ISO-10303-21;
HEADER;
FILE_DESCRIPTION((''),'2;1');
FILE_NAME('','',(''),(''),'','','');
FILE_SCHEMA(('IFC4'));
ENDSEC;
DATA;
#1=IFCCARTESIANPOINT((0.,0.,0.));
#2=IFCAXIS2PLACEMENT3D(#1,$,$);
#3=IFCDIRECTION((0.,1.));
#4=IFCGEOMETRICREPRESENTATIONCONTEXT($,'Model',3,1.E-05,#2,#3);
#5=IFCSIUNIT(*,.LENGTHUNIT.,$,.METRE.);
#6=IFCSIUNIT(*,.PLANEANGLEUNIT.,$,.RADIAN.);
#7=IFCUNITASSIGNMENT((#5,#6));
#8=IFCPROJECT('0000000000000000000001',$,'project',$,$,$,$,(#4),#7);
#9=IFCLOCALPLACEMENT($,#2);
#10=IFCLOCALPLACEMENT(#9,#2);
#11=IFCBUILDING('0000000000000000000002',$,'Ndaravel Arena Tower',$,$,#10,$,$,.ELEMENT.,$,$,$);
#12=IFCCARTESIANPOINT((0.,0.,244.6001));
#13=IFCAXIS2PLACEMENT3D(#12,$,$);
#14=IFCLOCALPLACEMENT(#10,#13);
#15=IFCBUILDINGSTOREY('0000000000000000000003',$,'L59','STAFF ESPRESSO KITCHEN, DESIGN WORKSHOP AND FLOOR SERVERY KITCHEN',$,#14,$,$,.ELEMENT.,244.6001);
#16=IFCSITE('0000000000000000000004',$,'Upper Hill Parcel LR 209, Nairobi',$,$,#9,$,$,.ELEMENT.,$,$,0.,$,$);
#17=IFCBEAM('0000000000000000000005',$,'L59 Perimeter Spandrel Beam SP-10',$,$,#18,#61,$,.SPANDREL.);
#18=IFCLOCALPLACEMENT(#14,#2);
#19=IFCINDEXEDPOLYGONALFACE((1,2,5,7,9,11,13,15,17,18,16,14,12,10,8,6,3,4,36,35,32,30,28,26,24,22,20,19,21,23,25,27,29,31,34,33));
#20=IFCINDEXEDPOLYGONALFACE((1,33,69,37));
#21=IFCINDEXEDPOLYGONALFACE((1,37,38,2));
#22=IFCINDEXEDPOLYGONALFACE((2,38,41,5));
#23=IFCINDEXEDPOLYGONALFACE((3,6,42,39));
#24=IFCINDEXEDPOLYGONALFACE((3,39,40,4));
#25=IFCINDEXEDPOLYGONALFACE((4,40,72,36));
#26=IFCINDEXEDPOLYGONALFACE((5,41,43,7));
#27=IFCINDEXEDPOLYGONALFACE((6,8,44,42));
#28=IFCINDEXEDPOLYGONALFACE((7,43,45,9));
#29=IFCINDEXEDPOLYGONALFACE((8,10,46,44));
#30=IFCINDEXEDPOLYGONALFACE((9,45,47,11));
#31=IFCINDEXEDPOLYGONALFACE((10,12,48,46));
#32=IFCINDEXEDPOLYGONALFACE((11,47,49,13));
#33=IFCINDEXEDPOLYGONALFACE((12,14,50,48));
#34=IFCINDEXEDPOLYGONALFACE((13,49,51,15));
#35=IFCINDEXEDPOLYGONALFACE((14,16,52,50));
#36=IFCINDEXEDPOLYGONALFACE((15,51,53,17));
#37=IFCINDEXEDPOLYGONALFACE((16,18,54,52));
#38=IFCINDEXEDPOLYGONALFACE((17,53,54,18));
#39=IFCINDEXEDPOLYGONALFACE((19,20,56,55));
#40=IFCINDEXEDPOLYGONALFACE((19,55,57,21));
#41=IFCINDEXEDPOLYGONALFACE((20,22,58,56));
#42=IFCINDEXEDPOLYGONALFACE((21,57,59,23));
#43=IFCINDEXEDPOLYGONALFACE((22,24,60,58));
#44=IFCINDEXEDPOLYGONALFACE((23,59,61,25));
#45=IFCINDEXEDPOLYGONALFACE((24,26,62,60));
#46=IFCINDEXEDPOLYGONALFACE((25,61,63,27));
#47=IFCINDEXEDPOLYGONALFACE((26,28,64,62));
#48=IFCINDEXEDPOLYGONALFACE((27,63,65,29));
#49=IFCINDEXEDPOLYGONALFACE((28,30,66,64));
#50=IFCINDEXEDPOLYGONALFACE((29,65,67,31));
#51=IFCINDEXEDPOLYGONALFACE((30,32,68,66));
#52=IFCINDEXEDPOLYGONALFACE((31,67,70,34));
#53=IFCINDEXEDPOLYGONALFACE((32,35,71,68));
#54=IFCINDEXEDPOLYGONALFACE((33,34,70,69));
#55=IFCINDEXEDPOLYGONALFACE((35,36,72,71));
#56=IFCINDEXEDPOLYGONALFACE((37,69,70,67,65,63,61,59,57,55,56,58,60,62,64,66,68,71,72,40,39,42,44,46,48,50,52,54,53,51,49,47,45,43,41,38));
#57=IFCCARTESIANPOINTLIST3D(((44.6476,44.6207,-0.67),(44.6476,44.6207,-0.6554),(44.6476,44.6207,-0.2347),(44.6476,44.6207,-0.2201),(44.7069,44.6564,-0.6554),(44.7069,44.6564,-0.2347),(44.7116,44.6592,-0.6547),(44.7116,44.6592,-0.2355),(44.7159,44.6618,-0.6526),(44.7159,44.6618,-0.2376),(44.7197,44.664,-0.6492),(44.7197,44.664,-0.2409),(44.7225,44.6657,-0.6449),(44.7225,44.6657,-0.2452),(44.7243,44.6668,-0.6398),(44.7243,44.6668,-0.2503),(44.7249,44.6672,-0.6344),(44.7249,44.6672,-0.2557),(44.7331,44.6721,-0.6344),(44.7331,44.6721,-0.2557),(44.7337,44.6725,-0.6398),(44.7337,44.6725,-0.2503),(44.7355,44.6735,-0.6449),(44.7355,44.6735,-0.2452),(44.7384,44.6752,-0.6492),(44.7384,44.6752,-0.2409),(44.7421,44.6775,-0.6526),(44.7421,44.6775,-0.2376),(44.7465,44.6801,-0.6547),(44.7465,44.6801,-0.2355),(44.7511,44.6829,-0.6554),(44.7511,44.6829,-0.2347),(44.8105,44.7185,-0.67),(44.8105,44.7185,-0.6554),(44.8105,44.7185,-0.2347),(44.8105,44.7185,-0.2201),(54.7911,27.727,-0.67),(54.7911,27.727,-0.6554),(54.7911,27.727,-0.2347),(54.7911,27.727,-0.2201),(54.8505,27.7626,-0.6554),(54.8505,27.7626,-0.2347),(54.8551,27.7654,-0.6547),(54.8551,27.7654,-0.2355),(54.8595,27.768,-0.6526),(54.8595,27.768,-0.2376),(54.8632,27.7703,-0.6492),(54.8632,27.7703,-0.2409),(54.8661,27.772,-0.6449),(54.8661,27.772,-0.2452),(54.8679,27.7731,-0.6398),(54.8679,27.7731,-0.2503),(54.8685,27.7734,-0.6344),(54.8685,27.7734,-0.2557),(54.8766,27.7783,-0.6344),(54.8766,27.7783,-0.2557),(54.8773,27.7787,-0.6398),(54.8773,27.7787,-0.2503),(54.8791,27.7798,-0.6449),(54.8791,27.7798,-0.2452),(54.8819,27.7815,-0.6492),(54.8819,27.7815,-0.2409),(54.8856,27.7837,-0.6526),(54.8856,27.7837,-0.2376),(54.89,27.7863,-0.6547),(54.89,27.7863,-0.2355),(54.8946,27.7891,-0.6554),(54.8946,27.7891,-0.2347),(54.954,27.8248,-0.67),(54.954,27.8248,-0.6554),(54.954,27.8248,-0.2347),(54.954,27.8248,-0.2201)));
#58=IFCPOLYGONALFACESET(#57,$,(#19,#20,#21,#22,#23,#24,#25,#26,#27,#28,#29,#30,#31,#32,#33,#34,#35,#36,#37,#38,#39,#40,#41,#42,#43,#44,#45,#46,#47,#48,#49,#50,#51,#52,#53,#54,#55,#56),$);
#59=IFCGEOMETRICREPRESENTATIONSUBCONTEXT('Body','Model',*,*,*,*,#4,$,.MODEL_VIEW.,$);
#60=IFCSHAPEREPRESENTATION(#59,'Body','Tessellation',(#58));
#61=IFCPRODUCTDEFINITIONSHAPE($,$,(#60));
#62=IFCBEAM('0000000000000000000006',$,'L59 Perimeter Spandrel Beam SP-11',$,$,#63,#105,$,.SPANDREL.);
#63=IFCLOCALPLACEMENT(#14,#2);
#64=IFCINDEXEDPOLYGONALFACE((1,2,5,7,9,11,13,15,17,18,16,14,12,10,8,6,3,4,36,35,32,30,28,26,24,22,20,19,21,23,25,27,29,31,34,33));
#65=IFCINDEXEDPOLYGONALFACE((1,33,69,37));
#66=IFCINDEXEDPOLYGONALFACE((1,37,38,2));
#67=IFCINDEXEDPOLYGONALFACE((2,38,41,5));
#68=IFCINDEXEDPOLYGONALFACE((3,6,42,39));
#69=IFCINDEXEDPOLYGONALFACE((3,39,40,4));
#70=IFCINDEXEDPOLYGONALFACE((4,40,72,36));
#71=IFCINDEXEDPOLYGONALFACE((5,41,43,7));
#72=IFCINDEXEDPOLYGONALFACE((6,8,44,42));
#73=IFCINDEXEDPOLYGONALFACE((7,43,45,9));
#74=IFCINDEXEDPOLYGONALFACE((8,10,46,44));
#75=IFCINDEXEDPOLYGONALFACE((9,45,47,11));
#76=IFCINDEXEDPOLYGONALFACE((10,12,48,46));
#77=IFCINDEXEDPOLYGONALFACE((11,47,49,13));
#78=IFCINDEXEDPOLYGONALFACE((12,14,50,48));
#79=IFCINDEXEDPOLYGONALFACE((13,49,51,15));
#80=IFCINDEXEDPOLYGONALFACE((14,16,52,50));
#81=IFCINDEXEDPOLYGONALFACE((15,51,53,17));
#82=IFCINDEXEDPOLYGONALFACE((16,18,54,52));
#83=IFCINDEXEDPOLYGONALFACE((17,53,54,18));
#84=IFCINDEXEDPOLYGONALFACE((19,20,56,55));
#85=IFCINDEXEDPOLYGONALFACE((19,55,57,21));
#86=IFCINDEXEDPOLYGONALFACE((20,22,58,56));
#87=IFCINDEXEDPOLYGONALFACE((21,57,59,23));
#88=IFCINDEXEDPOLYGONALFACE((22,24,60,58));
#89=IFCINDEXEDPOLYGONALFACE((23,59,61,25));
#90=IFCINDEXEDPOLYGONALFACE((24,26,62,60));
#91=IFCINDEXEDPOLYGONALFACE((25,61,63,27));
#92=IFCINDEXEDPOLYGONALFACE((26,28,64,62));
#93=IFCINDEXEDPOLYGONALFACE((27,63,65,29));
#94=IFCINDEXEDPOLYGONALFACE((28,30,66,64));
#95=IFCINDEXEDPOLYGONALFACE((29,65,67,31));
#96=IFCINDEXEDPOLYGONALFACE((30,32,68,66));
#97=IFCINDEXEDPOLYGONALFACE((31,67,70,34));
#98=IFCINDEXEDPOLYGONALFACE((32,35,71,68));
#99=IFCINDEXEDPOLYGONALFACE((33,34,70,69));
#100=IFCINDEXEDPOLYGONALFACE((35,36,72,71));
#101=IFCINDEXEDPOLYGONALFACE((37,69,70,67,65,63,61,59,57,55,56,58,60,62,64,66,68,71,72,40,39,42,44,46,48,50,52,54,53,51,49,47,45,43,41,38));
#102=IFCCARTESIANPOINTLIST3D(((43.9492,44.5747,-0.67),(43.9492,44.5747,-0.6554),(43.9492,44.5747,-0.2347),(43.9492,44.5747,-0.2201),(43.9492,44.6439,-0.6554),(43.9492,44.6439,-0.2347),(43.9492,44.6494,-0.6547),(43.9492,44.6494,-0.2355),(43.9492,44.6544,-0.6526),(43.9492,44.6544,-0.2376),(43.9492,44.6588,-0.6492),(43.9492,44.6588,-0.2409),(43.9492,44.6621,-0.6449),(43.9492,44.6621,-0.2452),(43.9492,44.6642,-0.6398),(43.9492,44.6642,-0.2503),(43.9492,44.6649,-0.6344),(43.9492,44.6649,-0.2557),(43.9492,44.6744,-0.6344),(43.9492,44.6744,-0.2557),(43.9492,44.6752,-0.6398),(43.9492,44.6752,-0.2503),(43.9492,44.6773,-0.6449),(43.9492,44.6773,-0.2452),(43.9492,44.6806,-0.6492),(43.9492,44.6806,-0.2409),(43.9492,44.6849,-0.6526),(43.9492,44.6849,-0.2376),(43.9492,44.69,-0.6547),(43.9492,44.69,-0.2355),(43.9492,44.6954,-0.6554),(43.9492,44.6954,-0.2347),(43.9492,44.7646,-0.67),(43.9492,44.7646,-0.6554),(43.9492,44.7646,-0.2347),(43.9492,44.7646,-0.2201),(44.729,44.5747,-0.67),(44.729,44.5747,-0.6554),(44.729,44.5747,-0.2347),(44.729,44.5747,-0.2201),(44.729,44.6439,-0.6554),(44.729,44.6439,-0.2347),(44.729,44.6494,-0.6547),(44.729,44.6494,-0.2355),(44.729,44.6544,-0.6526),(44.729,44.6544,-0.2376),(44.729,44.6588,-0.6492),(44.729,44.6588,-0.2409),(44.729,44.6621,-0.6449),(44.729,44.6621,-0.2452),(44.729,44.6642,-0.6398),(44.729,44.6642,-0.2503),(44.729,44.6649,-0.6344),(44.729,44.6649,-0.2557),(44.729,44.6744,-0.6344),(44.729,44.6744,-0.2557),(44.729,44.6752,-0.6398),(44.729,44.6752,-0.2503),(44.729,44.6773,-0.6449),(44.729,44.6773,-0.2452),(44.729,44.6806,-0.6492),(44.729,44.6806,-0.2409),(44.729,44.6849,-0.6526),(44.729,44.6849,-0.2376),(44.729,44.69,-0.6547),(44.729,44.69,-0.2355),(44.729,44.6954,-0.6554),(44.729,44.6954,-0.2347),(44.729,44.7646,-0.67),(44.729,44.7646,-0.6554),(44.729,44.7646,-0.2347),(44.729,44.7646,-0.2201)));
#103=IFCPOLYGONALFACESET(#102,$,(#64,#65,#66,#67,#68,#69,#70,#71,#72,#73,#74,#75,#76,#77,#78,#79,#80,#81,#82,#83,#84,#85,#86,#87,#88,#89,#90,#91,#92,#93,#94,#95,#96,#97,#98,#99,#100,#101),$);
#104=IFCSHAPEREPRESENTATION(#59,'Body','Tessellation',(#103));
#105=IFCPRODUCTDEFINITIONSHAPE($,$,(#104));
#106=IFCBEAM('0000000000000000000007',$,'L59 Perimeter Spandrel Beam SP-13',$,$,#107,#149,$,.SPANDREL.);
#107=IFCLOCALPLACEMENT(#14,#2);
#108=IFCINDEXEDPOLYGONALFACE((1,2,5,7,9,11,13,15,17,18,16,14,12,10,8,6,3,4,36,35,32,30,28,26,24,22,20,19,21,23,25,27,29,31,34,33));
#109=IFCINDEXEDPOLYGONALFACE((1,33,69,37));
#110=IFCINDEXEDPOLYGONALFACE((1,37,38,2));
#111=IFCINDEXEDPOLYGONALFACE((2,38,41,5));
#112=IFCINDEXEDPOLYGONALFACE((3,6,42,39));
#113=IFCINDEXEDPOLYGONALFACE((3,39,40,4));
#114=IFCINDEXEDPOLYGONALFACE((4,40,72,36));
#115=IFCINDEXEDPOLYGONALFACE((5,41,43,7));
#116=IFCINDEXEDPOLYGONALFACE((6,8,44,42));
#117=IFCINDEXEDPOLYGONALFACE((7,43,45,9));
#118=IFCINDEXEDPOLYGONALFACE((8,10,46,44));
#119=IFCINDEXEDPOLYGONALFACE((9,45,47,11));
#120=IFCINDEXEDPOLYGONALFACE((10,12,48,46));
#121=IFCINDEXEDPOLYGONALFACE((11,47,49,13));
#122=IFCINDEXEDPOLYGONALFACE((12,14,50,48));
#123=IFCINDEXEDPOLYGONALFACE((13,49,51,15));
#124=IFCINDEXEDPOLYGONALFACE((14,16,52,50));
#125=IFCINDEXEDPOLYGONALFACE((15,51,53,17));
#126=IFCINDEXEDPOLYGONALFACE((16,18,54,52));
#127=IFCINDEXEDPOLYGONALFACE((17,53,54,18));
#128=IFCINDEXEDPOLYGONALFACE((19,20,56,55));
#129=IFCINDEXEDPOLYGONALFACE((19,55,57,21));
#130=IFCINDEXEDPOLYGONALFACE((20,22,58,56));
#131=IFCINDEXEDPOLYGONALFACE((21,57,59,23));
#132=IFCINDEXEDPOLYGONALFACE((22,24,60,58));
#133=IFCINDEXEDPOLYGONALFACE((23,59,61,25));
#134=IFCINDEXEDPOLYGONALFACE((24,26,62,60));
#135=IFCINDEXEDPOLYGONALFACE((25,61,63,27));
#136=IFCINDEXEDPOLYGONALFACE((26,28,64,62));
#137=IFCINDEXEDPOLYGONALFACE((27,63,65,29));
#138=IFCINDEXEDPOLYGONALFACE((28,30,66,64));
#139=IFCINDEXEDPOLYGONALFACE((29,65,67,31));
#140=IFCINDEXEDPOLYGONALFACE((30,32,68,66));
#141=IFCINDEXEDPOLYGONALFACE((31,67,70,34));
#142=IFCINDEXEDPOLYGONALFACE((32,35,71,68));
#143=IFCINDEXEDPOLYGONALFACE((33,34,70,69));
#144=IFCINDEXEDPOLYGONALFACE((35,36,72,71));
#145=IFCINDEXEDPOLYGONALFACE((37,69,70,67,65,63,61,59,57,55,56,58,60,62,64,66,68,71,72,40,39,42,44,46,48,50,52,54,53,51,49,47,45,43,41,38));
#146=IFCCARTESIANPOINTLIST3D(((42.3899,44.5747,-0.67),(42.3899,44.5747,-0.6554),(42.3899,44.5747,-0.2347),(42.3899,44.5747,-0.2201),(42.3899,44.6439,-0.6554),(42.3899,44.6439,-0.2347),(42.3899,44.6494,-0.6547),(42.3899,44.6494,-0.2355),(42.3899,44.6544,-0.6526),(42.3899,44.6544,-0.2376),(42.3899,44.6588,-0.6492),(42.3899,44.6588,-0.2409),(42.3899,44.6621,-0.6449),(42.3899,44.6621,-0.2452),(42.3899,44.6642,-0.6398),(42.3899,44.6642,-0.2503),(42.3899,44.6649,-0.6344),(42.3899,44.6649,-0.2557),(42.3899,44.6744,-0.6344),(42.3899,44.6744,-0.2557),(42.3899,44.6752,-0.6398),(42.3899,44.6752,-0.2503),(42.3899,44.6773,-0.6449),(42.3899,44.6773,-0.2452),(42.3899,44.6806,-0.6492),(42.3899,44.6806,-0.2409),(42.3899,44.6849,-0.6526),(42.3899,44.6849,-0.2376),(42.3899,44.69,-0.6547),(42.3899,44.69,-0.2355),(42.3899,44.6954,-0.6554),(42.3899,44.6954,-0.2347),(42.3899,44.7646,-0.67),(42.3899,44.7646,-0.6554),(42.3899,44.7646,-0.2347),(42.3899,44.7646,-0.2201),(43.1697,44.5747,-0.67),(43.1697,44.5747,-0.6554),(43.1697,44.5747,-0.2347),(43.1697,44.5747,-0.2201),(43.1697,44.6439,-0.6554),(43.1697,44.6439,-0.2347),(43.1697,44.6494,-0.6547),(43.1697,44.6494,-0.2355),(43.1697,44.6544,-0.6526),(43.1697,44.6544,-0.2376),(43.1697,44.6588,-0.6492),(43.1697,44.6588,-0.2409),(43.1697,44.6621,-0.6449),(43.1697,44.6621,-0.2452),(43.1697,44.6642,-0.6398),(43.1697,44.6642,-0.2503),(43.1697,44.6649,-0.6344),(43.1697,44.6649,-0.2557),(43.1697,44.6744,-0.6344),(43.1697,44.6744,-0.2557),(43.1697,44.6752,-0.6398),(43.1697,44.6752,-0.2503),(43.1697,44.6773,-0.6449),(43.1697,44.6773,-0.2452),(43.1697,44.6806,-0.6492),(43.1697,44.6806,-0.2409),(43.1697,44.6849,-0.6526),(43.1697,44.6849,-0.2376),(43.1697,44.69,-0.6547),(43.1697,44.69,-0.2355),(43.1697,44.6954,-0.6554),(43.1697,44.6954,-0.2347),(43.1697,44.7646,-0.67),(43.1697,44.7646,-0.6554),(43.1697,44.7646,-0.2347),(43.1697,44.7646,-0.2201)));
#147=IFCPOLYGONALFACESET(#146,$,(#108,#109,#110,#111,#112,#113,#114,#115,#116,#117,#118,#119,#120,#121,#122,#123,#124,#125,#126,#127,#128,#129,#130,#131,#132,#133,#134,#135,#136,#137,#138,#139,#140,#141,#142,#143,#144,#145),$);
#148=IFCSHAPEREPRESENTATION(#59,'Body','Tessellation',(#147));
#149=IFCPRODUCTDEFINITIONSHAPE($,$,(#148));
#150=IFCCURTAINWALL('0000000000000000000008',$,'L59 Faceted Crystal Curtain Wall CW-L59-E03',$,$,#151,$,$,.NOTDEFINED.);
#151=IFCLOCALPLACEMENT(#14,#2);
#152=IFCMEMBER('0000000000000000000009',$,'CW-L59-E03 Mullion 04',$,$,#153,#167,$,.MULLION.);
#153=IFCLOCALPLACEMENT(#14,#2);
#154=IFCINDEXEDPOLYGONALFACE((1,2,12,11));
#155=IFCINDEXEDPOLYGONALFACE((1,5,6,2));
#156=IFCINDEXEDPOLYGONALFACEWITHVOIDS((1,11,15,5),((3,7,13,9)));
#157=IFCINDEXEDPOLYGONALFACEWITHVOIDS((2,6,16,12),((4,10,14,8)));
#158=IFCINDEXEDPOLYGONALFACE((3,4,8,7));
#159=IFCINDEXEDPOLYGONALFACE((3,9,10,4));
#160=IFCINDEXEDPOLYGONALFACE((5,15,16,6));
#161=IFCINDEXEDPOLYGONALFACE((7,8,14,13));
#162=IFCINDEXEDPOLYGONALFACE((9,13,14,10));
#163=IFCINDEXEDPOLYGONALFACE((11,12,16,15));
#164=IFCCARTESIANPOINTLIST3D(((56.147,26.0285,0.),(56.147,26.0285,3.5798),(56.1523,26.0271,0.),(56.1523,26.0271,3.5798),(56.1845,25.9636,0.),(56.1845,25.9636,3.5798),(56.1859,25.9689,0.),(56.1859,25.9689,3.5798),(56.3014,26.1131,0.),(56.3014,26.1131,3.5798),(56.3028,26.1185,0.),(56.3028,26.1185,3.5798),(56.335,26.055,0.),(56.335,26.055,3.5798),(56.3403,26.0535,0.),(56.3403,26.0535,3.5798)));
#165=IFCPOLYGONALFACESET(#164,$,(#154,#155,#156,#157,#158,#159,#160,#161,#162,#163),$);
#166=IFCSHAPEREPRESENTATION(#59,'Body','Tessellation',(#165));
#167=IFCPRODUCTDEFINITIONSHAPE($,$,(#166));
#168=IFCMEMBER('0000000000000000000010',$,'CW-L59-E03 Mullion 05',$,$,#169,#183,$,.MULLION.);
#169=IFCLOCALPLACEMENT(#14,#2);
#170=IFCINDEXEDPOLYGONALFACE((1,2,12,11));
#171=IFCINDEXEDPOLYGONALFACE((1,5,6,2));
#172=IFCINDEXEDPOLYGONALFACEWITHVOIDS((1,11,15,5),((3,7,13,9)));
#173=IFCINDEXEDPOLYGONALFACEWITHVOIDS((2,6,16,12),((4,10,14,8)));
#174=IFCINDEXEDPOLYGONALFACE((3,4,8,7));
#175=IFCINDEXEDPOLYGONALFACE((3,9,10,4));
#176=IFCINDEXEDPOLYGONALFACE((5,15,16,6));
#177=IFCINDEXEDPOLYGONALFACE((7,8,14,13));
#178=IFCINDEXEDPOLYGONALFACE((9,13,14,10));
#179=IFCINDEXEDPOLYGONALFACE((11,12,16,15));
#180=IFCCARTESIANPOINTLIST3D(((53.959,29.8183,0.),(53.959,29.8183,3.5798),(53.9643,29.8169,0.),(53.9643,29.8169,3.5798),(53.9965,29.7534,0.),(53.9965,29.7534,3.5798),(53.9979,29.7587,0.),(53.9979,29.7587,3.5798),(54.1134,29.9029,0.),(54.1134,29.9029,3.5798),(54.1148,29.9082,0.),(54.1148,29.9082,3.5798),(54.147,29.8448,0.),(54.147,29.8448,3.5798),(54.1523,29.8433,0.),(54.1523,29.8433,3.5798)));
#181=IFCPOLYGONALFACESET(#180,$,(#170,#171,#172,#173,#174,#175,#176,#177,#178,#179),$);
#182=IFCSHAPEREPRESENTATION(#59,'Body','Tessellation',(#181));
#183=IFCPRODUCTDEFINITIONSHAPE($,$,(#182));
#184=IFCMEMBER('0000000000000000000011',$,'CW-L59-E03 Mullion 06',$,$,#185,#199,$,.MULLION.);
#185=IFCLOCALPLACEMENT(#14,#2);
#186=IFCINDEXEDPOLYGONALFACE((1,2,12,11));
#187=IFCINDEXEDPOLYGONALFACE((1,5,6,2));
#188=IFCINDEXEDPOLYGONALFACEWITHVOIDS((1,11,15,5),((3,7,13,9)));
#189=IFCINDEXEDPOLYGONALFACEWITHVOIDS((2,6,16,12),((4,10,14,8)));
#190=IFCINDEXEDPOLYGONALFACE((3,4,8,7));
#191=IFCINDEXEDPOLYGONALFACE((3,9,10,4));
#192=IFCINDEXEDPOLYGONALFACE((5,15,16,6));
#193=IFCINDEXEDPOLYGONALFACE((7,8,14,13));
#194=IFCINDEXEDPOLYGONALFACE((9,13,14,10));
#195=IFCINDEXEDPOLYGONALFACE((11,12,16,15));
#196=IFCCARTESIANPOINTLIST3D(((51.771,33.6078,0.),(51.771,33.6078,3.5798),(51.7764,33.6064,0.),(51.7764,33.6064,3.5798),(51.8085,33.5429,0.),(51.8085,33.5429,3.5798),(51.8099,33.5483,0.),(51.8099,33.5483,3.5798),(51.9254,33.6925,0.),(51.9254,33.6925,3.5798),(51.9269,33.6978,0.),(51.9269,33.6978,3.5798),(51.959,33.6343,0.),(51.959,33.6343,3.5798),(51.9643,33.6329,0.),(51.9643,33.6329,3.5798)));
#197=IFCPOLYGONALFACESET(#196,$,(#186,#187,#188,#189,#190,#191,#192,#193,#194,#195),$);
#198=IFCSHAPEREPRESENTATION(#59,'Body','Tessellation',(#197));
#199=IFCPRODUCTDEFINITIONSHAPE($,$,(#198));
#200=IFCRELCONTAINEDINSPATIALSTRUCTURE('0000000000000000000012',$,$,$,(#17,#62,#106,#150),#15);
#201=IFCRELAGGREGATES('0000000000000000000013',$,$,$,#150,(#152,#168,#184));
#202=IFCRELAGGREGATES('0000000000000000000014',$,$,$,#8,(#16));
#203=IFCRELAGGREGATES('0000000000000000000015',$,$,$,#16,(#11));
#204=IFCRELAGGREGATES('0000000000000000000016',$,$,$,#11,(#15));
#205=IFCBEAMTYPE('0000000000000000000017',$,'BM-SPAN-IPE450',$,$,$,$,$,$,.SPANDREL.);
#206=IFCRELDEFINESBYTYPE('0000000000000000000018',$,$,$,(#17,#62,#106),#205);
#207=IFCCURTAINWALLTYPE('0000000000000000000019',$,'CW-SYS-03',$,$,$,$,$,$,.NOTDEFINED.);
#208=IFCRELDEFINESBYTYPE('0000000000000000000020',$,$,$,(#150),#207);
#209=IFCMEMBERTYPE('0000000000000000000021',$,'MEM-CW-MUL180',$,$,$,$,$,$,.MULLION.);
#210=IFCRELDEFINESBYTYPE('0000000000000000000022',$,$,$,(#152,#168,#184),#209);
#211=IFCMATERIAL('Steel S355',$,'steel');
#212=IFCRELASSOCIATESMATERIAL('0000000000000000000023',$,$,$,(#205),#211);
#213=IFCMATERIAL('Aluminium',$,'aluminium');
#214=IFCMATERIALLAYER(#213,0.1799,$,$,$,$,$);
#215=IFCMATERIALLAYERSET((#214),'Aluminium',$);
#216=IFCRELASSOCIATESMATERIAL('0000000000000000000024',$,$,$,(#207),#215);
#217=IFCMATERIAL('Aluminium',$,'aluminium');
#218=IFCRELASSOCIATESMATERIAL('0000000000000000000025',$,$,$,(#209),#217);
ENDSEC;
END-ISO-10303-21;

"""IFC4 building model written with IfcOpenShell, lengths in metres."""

from ifc_helpers import new_model, si_unit, direction, frame, origin, origin_2d, place, context, subcontext, project, spatial, hollow_rectangle, i_section, extrude, material, layer, layer_set, material_profile, profile_set, type_object, element, aggregate, save


model = new_model("IFC4")

# Units and contexts
model_context = context("Model", 3, precision=1e-05, world=origin(), true_north=direction((0.0, 1.0)))
body_context = subcontext(model_context, "Body", "Model", "MODEL_VIEW")
ifc_project = project(units=[si_unit("LENGTHUNIT", "METRE"), si_unit("PLANEANGLEUNIT", "RADIAN")], contexts=[model_context])

# Site, building, storey
site_placement = place(None, origin())
site = spatial("IfcSite", under=ifc_project, at=site_placement, Name="Upper Hill Parcel LR 209, Nairobi", CompositionType="ELEMENT", RefElevation=0.0)
building_placement = place(site_placement, origin())
building = spatial("IfcBuilding", under=site, at=building_placement, Name="Ndaravel Arena Tower", CompositionType="ELEMENT")
storey_placement = place(building_placement, frame((0.0, 0.0, 244.6001)))
storey = spatial("IfcBuildingStorey", under=building, at=storey_placement, Name="L59", Description="STAFF ESPRESSO KITCHEN, DESIGN WORKSHOP AND FLOOR SERVERY KITCHEN", CompositionType="ELEMENT", Elevation=244.6001)

# Beams
ifc_material_1 = material(Name="Steel S355", Category="steel")
ifc_material_profile_1 = material_profile(ifc_material_1, i_section(OverallWidth=0.1899, OverallDepth=0.45, WebThickness=0.0095, FlangeThickness=0.0146, FilletRadius=0.021, at=origin_2d()), Name="IPE 450")
ifc_profile_set_1 = profile_set([ifc_material_profile_1], Name="Steel S355")
beam_type_1 = type_object("IfcBeamType", Name="BM-SPAN-IPE450", PredefinedType="SPANDREL", material=ifc_profile_set_1)
beam_1_placement = place(storey_placement, frame((54.8726, 27.7759, -0.4451), z_axis=(-0.514767, 0.85733, 0.0), x_axis=(-0.85733, -0.514767, 0.0)))
element("IfcBeam", 1, at=beam_1_placement, inside=storey, type_object=beam_type_1, Name="L59 Perimeter Spandrel Beam SP-10", PredefinedType="SPANDREL", context=body_context, shape_type="SweptSolid", body=[
    extrude(i_section(OverallWidth=0.1899, OverallDepth=0.45, WebThickness=0.0095, FlangeThickness=0.0146, FilletRadius=0.021, at=origin_2d()), origin(), (0.0, 0.0, 1.0), 19.7051),
])
for number, where, z_axis, x_axis, name in (
    (2, (44.729, 44.6697, -0.4451), (-1.0, 0.0, 0.0), (0.0, -1.0, 0.0), "L59 Perimeter Spandrel Beam SP-11"),
    (3, (43.1697, 44.6697, -0.4451), (-1.0, 0.0, 0.0), (0.0, -1.0, 0.0), "L59 Perimeter Spandrel Beam SP-13"),
):
    element("IfcBeam", number, at=place(storey_placement, frame(where, z_axis=z_axis, x_axis=x_axis)), inside=storey, type_object=beam_type_1, Name=name, PredefinedType="SPANDREL", context=body_context, shape_type="SweptSolid", body=[
        extrude(i_section(OverallWidth=0.1899, OverallDepth=0.45, WebThickness=0.0095, FlangeThickness=0.0146, FilletRadius=0.021, at=origin_2d()), origin(), (0.0, 0.0, 1.0), 0.7798),
    ])

# Curtain wall, members
ifc_material_2 = material(Name="Aluminium", Category="aluminium")
ifc_layer_1 = layer(ifc_material_2, 0.1799)
ifc_layer_set_1 = layer_set([ifc_layer_1], Name="Aluminium")
curtain_wall_type_1 = type_object("IfcCurtainWallType", Name="CW-SYS-03", PredefinedType="NOTDEFINED", material=ifc_layer_set_1)
curtain_wall_1_placement = place(storey_placement, origin())
curtain_wall_1 = element("IfcCurtainWall", 4, at=curtain_wall_1_placement, inside=storey, type_object=curtain_wall_type_1, Name="L59 Faceted Crystal Curtain Wall CW-L59-E03", PredefinedType="NOTDEFINED")
ifc_material_3 = material(Name="Aluminium", Category="aluminium")
ifc_material_profile_2 = material_profile(ifc_material_3, hollow_rectangle(XDim=0.075, YDim=0.1799, WallThickness=0.0039, at=origin_2d()), Name="CW MULLION 75x180x4")
ifc_profile_set_2 = profile_set([ifc_material_profile_2], Name="Aluminium")
member_type_1 = type_object("IfcMemberType", Name="MEM-CW-MUL180", PredefinedType="MULLION", material=ifc_profile_set_2)
member_1_placement = place(storey_placement, frame((56.2437, 26.041, 0.0), z_axis=(0.0, 0.0, 1.0), x_axis=(-0.5, 0.866025, 0.0)))
member_1 = element("IfcMember", 5, at=member_1_placement, type_object=member_type_1, Name="CW-L59-E03 Mullion 04", PredefinedType="MULLION", context=body_context, shape_type="SweptSolid", body=[
    extrude(hollow_rectangle(XDim=0.075, YDim=0.1799, WallThickness=0.0039, at=origin_2d()), origin(), (0.0, 0.0, 1.0), 3.5798),
])
member_2_placement = place(storey_placement, frame((54.0557, 29.8308, 0.0), z_axis=(0.0, 0.0, 1.0), x_axis=(-0.5, 0.866025, 0.0)))
member_2 = element("IfcMember", 6, at=member_2_placement, type_object=member_type_1, Name="CW-L59-E03 Mullion 05", PredefinedType="MULLION", context=body_context, shape_type="SweptSolid", body=[
    extrude(hollow_rectangle(XDim=0.075, YDim=0.1799, WallThickness=0.0039, at=origin_2d()), origin(), (0.0, 0.0, 1.0), 3.5798),
])
member_3_placement = place(storey_placement, frame((51.8677, 33.6204, 0.0), z_axis=(0.0, 0.0, 1.0), x_axis=(-0.5, 0.866025, 0.0)))
member_3 = element("IfcMember", 7, at=member_3_placement, type_object=member_type_1, Name="CW-L59-E03 Mullion 06", PredefinedType="MULLION", context=body_context, shape_type="SweptSolid", body=[
    extrude(hollow_rectangle(XDim=0.075, YDim=0.1799, WallThickness=0.0039, at=origin_2d()), origin(), (0.0, 0.0, 1.0), 3.5798),
])

aggregate(curtain_wall_1, [member_1, member_2, member_3])

save(model, "model.ifc")
